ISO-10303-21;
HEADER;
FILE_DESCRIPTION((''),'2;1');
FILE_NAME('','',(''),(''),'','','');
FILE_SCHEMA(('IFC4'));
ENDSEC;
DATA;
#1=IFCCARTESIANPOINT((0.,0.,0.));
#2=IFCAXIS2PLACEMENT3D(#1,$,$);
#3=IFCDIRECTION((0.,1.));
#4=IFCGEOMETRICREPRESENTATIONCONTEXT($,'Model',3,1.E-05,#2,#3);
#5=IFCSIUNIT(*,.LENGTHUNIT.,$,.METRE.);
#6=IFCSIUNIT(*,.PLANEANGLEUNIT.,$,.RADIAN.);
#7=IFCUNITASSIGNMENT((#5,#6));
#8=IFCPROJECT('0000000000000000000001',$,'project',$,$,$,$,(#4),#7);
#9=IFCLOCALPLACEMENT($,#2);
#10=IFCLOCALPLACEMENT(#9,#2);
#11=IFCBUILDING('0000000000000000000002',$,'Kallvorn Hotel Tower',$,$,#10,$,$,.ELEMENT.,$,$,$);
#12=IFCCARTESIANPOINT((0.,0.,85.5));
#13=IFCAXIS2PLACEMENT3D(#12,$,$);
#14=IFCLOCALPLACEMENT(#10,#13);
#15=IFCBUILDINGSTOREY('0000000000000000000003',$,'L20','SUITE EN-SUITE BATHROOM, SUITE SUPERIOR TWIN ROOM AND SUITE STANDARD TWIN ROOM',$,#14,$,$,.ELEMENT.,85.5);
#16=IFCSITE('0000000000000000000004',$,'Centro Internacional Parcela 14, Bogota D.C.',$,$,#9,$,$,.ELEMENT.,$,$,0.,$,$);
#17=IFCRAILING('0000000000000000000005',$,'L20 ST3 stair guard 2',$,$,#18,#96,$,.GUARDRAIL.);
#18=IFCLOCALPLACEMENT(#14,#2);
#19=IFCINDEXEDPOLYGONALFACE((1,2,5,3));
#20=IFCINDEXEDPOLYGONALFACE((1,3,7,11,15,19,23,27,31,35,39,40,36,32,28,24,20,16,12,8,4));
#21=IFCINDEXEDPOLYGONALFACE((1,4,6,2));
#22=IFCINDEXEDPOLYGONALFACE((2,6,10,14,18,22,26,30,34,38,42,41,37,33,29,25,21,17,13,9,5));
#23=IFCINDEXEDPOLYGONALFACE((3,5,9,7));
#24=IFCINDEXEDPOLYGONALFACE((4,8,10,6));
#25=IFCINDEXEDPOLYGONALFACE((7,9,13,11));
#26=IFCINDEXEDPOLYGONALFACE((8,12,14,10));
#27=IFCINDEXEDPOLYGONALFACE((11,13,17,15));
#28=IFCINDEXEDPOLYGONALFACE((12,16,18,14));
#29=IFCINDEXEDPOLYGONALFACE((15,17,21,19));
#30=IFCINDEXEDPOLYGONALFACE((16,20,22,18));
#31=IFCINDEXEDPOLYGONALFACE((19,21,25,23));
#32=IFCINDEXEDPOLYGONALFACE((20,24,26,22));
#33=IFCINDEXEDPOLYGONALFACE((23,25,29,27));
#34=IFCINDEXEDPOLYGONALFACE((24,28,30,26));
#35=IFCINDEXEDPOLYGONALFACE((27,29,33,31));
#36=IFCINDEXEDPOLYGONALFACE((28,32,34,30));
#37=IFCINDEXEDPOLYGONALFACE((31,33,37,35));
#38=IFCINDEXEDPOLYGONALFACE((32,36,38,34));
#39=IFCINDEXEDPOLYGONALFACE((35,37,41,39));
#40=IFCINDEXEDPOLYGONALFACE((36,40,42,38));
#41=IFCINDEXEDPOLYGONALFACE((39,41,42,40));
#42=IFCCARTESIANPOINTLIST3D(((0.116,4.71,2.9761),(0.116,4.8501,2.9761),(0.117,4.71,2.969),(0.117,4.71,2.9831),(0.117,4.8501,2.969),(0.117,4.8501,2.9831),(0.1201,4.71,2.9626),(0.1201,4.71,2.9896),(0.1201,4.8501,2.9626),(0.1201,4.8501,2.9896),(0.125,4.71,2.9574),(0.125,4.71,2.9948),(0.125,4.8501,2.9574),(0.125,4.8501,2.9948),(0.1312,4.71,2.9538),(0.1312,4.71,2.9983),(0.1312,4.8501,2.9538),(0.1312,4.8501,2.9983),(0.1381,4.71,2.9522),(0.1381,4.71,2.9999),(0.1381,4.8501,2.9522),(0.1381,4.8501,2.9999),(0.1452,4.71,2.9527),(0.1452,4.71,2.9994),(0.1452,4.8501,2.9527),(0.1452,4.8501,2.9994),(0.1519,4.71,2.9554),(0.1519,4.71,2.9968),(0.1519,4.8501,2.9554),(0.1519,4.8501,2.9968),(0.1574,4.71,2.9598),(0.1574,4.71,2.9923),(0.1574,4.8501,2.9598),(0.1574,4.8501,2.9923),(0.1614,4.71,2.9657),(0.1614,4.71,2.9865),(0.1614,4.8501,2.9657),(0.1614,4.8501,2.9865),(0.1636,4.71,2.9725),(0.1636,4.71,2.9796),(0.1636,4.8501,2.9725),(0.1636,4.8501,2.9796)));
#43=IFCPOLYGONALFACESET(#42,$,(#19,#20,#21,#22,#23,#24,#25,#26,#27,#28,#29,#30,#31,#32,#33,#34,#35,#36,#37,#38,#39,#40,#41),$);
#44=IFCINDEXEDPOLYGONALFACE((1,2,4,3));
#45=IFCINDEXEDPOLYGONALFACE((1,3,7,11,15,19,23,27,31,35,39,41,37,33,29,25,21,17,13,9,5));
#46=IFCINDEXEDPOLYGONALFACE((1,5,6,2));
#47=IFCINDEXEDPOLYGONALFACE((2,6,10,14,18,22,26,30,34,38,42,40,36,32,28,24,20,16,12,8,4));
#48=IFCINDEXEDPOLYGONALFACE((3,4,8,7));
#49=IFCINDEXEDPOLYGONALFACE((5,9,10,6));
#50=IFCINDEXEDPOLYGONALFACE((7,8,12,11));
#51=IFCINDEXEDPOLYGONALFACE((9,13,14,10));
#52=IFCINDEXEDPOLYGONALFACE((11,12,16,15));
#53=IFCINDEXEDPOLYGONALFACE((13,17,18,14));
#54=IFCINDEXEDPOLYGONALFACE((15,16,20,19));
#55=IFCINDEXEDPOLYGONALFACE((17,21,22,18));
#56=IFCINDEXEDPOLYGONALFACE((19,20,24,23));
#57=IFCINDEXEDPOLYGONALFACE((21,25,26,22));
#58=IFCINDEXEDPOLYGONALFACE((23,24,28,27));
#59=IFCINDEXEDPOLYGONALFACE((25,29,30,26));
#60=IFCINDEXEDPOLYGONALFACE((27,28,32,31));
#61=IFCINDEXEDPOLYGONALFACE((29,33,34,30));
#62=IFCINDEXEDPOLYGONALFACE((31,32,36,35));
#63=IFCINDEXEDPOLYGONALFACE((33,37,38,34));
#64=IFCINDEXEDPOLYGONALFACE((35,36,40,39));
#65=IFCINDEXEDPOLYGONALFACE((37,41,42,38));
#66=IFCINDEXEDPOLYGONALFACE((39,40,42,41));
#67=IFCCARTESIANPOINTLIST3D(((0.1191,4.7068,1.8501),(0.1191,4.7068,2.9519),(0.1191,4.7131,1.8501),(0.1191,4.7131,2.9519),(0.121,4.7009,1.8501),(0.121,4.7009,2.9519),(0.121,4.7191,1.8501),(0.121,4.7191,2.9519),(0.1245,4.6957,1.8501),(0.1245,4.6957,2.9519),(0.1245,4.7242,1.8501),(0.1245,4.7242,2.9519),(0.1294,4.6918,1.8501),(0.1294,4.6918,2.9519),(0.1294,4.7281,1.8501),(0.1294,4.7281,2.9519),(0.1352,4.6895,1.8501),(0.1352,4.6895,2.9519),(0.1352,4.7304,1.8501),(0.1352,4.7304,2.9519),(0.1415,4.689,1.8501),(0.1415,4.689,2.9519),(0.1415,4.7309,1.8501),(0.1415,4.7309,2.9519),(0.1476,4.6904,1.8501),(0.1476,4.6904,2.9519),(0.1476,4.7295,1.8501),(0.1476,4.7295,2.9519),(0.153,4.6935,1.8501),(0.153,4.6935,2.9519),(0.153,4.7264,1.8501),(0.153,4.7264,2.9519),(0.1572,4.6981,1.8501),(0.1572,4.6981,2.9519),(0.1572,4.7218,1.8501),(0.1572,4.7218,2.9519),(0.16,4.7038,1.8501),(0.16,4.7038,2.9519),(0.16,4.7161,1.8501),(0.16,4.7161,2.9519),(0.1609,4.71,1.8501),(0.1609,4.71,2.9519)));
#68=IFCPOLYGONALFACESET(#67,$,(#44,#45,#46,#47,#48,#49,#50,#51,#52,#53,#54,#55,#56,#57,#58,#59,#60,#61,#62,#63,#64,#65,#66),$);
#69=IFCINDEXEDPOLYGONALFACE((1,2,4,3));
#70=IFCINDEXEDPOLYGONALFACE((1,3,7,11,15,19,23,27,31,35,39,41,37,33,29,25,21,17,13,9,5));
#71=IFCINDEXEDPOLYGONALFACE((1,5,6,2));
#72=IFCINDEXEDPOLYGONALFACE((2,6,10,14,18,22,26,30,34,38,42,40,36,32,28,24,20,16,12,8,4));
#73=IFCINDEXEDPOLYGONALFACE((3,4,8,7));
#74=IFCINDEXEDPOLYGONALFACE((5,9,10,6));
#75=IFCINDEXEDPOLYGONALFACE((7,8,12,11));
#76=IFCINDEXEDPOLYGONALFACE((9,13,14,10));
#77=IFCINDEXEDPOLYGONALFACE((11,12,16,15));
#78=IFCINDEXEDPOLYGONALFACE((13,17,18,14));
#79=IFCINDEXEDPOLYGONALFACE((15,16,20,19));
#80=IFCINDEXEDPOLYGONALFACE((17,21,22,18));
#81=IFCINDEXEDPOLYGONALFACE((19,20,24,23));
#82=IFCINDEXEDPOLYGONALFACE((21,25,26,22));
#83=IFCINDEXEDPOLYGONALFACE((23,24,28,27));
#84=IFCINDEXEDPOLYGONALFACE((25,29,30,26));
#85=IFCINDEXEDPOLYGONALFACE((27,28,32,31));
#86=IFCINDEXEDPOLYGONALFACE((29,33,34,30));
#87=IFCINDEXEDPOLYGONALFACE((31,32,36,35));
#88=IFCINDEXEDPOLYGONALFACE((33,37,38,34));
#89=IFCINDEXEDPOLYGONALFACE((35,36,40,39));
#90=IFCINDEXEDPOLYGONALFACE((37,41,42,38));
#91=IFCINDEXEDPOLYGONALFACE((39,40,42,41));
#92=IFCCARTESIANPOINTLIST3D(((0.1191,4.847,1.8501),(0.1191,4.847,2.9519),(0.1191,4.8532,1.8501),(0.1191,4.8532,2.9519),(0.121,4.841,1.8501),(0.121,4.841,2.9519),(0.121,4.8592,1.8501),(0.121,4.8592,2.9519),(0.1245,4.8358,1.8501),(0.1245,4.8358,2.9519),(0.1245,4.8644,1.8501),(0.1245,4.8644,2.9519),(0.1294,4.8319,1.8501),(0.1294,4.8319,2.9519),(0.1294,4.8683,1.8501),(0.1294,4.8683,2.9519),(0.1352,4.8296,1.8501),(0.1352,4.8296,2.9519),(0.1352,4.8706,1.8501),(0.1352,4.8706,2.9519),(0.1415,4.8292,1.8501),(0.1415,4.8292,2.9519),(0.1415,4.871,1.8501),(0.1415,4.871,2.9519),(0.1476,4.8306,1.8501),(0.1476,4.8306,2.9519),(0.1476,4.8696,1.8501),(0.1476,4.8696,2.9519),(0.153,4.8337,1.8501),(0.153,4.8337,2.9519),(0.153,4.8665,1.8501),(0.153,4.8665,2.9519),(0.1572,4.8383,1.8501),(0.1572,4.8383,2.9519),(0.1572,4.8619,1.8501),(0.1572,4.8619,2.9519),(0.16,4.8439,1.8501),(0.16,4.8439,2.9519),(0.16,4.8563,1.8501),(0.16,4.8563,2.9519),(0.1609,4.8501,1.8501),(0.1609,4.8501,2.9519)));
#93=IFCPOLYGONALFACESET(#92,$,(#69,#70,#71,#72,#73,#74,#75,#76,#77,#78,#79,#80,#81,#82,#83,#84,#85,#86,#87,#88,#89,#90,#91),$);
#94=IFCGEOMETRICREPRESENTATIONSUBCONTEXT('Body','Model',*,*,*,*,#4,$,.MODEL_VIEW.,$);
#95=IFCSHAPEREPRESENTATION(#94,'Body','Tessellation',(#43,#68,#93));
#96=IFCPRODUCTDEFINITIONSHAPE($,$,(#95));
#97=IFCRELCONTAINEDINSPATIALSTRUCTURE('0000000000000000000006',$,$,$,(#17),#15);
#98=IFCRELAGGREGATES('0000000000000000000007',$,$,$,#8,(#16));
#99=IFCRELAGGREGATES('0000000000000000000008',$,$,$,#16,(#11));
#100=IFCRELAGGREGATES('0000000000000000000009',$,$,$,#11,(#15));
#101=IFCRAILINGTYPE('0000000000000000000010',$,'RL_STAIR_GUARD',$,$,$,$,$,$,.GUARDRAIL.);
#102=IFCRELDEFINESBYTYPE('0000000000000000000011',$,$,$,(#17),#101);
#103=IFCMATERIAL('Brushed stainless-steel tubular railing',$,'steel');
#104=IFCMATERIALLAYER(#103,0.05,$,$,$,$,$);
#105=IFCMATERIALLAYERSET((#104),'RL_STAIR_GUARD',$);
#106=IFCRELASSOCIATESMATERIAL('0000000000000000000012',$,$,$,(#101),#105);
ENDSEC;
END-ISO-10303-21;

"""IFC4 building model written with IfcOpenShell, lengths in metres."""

from ifc_helpers import new_model, si_unit, direction, frame, origin, origin_2d, place, context, subcontext, project, spatial, circle, extrude, material, layer, layer_set, type_object, element, save


model = new_model("IFC4")

# Units and contexts
model_context = context("Model", 3, precision=1e-05, world=origin(), true_north=direction((0.0, 1.0)))
body_context = subcontext(model_context, "Body", "Model", "MODEL_VIEW")
ifc_project = project(units=[si_unit("LENGTHUNIT", "METRE"), si_unit("PLANEANGLEUNIT", "RADIAN")], contexts=[model_context])

# Site, building, storey
site_placement = place(None, origin())
site = spatial("IfcSite", under=ifc_project, at=site_placement, Name="Centro Internacional Parcela 14, Bogota D.C.", CompositionType="ELEMENT", RefElevation=0.0)
building_placement = place(site_placement, origin())
building = spatial("IfcBuilding", under=site, at=building_placement, Name="Kallvorn Hotel Tower", CompositionType="ELEMENT")
storey_placement = place(building_placement, frame((0.0, 0.0, 85.5)))
storey = spatial("IfcBuildingStorey", under=building, at=storey_placement, Name="L20", Description="SUITE EN-SUITE BATHROOM, SUITE SUPERIOR TWIN ROOM AND SUITE STANDARD TWIN ROOM", CompositionType="ELEMENT", Elevation=85.5)

# Railing
ifc_material_1 = material(Name="Brushed stainless-steel tubular railing", Category="steel")
ifc_layer_1 = layer(ifc_material_1, 0.05)
ifc_layer_set_1 = layer_set([ifc_layer_1], Name="RL_STAIR_GUARD")
railing_type_1 = type_object("IfcRailingType", Name="RL_STAIR_GUARD", PredefinedType="GUARDRAIL", material=ifc_layer_set_1)
railing_1_placement = place(storey_placement, frame((0.1399, 4.71, 1.8501)))
element("IfcRailing", 1, at=railing_1_placement, inside=storey, type_object=railing_type_1, Name="L20 ST3 stair guard 2", PredefinedType="GUARDRAIL", context=body_context, shape_type="SweptSolid", body=[
    extrude(circle(Radius=0.0239, at=origin_2d()), frame((0.0, 0.0, 1.126), z_axis=(0.0, 1.0, 0.0), x_axis=(-1.0, 0.0, 0.0)), (0.0, 0.0, 1.0), 0.1401),
    extrude(circle(Radius=0.021, at=origin_2d()), origin(), (0.0, 0.0, 1.0), 1.1018),
    extrude(circle(Radius=0.021, at=origin_2d()), frame((0.0, 0.1401, 0.0)), (0.0, 0.0, 1.0), 1.1018),
])

save(model, "model.ifc")
